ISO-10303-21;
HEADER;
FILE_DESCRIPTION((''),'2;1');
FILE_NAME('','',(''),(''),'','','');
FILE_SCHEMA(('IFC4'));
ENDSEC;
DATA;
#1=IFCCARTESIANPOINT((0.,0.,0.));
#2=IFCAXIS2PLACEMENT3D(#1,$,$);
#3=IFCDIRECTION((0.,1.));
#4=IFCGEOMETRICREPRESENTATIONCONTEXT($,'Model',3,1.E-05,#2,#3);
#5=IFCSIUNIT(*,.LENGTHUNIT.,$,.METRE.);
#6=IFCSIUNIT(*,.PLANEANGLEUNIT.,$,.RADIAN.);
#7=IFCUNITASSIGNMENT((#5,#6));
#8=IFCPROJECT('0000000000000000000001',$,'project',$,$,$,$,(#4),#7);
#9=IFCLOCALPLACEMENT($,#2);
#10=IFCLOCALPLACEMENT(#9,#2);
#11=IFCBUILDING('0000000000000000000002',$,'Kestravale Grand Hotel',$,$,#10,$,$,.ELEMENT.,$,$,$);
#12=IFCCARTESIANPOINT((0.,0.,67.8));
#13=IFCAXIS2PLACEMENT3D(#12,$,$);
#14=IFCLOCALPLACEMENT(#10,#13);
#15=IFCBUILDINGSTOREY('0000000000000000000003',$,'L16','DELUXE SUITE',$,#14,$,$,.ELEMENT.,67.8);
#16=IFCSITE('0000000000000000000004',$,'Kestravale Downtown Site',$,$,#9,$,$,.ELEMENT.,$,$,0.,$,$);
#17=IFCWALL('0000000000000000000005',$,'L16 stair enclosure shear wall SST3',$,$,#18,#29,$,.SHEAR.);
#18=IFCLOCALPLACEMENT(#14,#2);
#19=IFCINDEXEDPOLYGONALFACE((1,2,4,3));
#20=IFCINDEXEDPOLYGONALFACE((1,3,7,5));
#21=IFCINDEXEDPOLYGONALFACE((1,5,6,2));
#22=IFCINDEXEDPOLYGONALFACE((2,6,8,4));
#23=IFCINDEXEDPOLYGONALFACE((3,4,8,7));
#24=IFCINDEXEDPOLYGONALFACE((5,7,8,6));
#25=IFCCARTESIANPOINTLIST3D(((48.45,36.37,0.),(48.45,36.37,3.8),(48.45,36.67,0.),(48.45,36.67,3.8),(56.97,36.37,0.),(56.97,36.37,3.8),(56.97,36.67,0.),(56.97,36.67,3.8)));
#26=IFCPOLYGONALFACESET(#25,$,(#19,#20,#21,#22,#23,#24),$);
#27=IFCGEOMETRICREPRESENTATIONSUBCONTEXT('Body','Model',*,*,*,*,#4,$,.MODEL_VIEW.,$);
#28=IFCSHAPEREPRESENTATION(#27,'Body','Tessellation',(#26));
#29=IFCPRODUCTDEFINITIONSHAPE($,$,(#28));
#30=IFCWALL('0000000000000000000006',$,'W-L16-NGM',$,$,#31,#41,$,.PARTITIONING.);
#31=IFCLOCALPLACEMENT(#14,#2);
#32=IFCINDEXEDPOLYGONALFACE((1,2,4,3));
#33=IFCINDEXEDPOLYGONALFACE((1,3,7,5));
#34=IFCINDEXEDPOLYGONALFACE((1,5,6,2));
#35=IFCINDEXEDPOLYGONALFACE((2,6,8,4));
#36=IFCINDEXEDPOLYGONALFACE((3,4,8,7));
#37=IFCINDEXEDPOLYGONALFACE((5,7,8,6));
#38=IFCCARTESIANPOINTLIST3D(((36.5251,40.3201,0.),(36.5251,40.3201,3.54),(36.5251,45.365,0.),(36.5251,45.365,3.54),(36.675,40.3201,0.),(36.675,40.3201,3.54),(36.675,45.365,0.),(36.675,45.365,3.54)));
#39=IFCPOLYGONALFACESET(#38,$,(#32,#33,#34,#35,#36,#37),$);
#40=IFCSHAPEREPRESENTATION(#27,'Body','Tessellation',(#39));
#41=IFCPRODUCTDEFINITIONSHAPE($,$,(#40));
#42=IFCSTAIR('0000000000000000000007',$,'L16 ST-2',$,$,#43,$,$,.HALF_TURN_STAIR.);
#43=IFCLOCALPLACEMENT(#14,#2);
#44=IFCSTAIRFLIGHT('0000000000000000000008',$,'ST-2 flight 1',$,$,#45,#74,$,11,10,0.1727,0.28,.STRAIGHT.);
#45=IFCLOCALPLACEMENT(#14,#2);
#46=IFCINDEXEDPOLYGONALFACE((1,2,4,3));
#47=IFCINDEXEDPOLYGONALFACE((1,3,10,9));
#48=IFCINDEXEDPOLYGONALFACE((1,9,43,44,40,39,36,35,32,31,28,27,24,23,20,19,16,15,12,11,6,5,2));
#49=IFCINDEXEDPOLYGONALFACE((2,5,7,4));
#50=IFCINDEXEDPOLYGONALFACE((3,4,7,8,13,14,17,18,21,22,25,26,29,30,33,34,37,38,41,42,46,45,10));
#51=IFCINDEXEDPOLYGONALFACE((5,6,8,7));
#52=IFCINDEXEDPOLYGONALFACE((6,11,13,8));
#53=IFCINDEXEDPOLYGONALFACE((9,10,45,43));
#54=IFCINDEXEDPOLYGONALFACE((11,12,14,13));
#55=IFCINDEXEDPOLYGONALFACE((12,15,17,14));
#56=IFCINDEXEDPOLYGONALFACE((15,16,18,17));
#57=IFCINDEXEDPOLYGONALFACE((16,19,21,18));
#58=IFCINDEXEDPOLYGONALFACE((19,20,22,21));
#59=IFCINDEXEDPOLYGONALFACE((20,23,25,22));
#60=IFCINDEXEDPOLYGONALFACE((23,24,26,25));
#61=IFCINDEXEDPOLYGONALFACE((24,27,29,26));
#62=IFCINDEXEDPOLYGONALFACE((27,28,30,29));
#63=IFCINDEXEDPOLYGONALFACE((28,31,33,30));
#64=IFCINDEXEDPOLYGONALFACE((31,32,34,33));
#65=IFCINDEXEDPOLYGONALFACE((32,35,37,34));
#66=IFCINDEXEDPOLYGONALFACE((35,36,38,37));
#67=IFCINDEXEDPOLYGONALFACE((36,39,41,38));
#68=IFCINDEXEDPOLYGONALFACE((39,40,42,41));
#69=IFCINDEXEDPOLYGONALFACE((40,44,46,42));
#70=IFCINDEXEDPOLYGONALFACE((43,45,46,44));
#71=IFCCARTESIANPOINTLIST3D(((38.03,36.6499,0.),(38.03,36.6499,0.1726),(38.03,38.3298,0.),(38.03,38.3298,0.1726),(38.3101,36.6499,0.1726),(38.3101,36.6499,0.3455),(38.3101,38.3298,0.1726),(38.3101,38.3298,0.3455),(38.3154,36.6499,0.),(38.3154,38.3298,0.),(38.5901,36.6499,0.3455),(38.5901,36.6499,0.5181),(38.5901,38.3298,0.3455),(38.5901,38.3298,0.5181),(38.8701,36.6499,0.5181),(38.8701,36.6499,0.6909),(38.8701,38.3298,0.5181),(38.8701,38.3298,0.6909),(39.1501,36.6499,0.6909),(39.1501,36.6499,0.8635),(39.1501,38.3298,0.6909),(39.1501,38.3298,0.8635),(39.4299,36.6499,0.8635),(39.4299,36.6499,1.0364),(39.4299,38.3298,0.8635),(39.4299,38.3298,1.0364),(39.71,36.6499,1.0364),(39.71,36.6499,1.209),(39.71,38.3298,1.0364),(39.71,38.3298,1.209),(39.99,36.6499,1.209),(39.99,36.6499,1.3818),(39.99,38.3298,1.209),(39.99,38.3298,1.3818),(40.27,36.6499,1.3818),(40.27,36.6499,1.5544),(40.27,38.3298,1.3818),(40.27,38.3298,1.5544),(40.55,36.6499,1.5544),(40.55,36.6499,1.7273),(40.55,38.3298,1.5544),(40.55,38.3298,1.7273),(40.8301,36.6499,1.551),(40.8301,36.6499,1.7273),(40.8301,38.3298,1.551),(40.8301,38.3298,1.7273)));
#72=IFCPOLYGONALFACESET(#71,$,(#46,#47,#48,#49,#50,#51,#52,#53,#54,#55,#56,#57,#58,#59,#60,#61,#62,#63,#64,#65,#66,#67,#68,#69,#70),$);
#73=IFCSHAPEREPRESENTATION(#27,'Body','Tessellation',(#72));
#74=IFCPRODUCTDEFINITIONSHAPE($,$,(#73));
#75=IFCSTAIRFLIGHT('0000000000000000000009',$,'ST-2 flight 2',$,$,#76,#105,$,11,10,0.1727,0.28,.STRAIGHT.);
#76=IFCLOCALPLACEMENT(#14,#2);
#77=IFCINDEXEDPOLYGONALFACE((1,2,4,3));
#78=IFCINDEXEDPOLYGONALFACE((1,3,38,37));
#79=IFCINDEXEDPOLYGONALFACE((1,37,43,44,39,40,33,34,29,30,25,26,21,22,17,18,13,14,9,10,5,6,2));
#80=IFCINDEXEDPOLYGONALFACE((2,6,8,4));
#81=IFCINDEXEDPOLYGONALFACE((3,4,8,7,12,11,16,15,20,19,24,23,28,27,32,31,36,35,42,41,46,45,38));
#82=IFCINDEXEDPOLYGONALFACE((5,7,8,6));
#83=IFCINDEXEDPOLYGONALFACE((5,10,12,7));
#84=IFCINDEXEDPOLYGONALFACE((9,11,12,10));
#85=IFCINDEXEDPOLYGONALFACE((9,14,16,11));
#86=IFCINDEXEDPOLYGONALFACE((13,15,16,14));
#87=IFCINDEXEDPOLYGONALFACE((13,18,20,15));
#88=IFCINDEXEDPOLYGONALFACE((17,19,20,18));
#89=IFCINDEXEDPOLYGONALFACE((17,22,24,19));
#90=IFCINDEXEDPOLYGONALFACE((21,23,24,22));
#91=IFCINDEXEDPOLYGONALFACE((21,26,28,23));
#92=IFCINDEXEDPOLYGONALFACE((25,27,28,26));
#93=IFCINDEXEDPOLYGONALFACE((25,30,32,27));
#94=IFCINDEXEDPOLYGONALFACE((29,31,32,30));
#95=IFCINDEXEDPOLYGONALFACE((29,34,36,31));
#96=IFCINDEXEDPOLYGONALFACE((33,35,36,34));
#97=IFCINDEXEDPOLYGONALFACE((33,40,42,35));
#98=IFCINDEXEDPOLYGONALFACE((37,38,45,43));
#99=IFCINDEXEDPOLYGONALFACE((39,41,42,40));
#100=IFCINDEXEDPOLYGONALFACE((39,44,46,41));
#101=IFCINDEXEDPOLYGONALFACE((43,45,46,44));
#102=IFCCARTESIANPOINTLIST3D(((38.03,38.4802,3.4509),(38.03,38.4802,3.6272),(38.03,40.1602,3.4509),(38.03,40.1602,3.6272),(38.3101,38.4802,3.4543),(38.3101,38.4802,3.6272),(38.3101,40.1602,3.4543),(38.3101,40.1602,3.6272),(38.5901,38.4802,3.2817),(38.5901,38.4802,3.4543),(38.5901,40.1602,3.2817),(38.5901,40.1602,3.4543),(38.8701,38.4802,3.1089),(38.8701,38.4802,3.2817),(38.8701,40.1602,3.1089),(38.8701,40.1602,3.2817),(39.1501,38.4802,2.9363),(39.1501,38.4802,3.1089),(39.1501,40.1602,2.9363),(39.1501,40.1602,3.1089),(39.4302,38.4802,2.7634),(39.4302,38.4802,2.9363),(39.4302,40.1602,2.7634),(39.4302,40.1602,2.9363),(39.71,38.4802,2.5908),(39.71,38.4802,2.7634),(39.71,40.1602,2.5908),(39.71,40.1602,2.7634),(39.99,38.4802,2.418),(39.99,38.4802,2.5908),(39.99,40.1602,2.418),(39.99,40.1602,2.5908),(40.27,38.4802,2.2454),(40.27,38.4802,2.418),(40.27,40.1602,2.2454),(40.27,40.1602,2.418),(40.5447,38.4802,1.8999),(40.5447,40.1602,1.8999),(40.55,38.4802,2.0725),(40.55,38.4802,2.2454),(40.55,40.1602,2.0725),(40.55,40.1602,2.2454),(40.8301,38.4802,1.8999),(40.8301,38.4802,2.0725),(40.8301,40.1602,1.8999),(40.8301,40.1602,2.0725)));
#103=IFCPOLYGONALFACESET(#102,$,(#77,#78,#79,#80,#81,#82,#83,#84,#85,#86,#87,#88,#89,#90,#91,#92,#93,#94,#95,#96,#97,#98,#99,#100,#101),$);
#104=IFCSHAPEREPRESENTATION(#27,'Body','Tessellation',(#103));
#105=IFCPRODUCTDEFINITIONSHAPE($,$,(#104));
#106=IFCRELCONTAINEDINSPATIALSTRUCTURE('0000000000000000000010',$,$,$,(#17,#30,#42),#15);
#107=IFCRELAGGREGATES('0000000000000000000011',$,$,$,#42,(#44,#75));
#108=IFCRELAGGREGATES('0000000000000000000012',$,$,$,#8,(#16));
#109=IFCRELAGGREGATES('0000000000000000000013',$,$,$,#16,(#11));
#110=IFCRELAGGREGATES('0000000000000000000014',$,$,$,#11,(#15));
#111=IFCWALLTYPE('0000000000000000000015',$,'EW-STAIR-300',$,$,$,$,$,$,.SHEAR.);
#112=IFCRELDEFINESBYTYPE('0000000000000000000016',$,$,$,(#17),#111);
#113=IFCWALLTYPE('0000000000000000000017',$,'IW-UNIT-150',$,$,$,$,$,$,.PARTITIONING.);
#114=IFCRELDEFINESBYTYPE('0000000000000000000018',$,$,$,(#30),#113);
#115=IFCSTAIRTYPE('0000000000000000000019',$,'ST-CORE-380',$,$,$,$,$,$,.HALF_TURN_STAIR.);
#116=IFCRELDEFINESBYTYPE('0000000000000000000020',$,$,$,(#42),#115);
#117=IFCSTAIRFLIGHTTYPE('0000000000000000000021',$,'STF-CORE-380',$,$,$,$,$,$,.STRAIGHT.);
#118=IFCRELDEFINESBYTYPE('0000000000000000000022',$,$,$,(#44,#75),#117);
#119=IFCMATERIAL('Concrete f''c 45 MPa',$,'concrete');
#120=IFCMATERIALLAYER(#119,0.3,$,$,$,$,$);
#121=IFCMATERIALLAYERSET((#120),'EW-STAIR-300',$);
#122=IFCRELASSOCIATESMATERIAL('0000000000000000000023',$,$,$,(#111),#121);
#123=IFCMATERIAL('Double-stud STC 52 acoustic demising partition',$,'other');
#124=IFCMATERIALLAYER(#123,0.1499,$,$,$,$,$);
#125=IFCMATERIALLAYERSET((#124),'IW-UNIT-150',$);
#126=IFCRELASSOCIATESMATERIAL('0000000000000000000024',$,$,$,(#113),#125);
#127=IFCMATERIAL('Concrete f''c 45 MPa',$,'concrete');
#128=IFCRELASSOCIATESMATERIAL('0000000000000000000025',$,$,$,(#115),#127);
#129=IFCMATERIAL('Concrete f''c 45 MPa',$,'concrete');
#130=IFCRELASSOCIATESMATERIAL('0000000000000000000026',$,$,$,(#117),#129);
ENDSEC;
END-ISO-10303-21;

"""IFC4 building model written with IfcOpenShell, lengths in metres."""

from ifc_helpers import new_model, si_unit, direction, frame, frame_2d, origin, place, context, subcontext, project, spatial, polyline, rectangle, outline, extrude, material, layer, layer_set, type_object, element, aggregate, save


model = new_model("IFC4")

# Units and contexts
model_context = context("Model", 3, precision=1e-05, world=origin(), true_north=direction((0.0, 1.0)))
body_context = subcontext(model_context, "Body", "Model", "MODEL_VIEW")
ifc_project = project(units=[si_unit("LENGTHUNIT", "METRE"), si_unit("PLANEANGLEUNIT", "RADIAN")], contexts=[model_context])

# Site, building, storey
site_placement = place(None, origin())
site = spatial("IfcSite", under=ifc_project, at=site_placement, Name="Kestravale Downtown Site", CompositionType="ELEMENT", RefElevation=0.0)
building_placement = place(site_placement, origin())
building = spatial("IfcBuilding", under=site, at=building_placement, Name="Kestravale Grand Hotel", CompositionType="ELEMENT")
storey_placement = place(building_placement, frame((0.0, 0.0, 67.8)))
storey = spatial("IfcBuildingStorey", under=building, at=storey_placement, Name="L16", Description="DELUXE SUITE", CompositionType="ELEMENT", Elevation=67.8)

# Walls
ifc_material_1 = material(Name="Concrete f'c 45 MPa", Category="concrete")
ifc_layer_1 = layer(ifc_material_1, 0.3)
ifc_layer_set_1 = layer_set([ifc_layer_1], Name="EW-STAIR-300")
wall_type_1 = type_object("IfcWallType", Name="EW-STAIR-300", PredefinedType="SHEAR", material=ifc_layer_set_1)
wall_1_placement = place(storey_placement, frame((48.45, 36.52, 0.0), z_axis=(0.0, 0.0, 1.0), x_axis=(1.0, 0.0, 0.0)))
element("IfcWall", 1, at=wall_1_placement, inside=storey, type_object=wall_type_1, Name="L16 stair enclosure shear wall SST3", PredefinedType="SHEAR", context=body_context, shape_type="SweptSolid", body=[
    extrude(rectangle(XDim=8.52, YDim=0.3, at=frame_2d((4.26, 0.0))), origin(), (0.0, 0.0, 1.0), 3.8),
])
ifc_material_2 = material(Name="Double-stud STC 52 acoustic demising partition", Category="other")
ifc_layer_2 = layer(ifc_material_2, 0.1499)
ifc_layer_set_2 = layer_set([ifc_layer_2], Name="IW-UNIT-150")
wall_type_2 = type_object("IfcWallType", Name="IW-UNIT-150", PredefinedType="PARTITIONING", material=ifc_layer_set_2)
wall_2_placement = place(storey_placement, frame((36.6001, 40.3201, 0.0), z_axis=(0.0, 0.0, 1.0), x_axis=(0.0, 1.0, 0.0)))
element("IfcWall", 2, at=wall_2_placement, inside=storey, type_object=wall_type_2, Name="W-L16-NGM", PredefinedType="PARTITIONING", context=body_context, shape_type="SweptSolid", body=[
    extrude(rectangle(XDim=5.0449, YDim=0.1499, at=frame_2d((2.5225, 0.0))), origin(), (0.0, 0.0, 1.0), 3.54),
])

# Stair, stair flights
ifc_material_3 = material(Name="Concrete f'c 45 MPa", Category="concrete")
stair_type = type_object("IfcStairType", Name="ST-CORE-380", PredefinedType="HALF_TURN_STAIR", material=ifc_material_3)
stair_placement = place(storey_placement, origin())
stair = element("IfcStair", 3, at=stair_placement, inside=storey, type_object=stair_type, Name="L16 ST-2", PredefinedType="HALF_TURN_STAIR")
ifc_material_4 = material(Name="Concrete f'c 45 MPa", Category="concrete")
stair_flight_type = type_object("IfcStairFlightType", Name="STF-CORE-380", PredefinedType="STRAIGHT", material=ifc_material_4)
stair_flight_1_placement = place(storey_placement, frame((38.03, 37.49, 0.0), z_axis=(0.0, 0.0, 1.0), x_axis=(1.0, 0.0, 0.0)))
stair_flight_1 = element("IfcStairFlight", 4, at=stair_flight_1_placement, type_object=stair_flight_type, Name="ST-2 flight 1", NumberOfRisers=11, NumberOfTreads=10, PredefinedType="STRAIGHT", RiserHeight=0.1727, TreadLength=0.28, context=body_context, shape_type="SweptSolid", body=[
    extrude(outline(polyline([(0.0, 0.0), (0.0, 0.1726), (0.28, 0.1726), (0.28, 0.3455), (0.5601, 0.3455), (0.5601, 0.5181), (0.8401, 0.5181), (0.8401, 0.6909), (1.1201, 0.6909), (1.1201, 0.8635), (1.3999, 0.8635), (1.3999, 1.0364), (1.6799, 1.0364), (1.6799, 1.209), (1.96, 1.209), (1.96, 1.3818), (2.24, 1.3818), (2.24, 1.5544), (2.52, 1.5544), (2.52, 1.7273), (2.8, 1.7273), (2.8, 1.8999), (2.8, 1.551), (0.2854, 0.0), (0.0, 0.0)])), frame((0.0, 0.8398, 0.0), z_axis=(0.0, -1.0, 0.0), x_axis=(1.0, 0.0, 0.0)), (0.0, 0.0, 1.0), 1.6799),
])
stair_flight_2_placement = place(storey_placement, frame((40.8301, 39.3201, 1.8999), z_axis=(0.0, 0.0, 1.0), x_axis=(-1.0, 0.0, 0.0)))
stair_flight_2 = element("IfcStairFlight", 5, at=stair_flight_2_placement, type_object=stair_flight_type, Name="ST-2 flight 2", NumberOfRisers=11, NumberOfTreads=10, PredefinedType="STRAIGHT", RiserHeight=0.1727, TreadLength=0.28, context=body_context, shape_type="SweptSolid", body=[
    extrude(outline(polyline([(0.0, 0.0), (0.0, 0.1726), (0.28, 0.1726), (0.28, 0.3455), (0.5601, 0.3455), (0.5601, 0.5181), (0.8401, 0.5181), (0.8401, 0.6909), (1.1201, 0.6909), (1.1201, 0.8635), (1.3999, 0.8635), (1.3999, 1.0364), (1.6799, 1.0364), (1.6799, 1.209), (1.96, 1.209), (1.96, 1.3818), (2.24, 1.3818), (2.24, 1.5544), (2.52, 1.5544), (2.52, 1.7273), (2.8, 1.7273), (2.8, 1.8999), (2.8, 1.551), (0.2854, 0.0), (0.0, 0.0)])), frame((0.0, 0.8398, 0.0), z_axis=(0.0, -1.0, 0.0), x_axis=(1.0, 0.0, 0.0)), (0.0, 0.0, 1.0), 1.6799),
])
aggregate(stair, [stair_flight_1, stair_flight_2])

save(model, "model.ifc")
